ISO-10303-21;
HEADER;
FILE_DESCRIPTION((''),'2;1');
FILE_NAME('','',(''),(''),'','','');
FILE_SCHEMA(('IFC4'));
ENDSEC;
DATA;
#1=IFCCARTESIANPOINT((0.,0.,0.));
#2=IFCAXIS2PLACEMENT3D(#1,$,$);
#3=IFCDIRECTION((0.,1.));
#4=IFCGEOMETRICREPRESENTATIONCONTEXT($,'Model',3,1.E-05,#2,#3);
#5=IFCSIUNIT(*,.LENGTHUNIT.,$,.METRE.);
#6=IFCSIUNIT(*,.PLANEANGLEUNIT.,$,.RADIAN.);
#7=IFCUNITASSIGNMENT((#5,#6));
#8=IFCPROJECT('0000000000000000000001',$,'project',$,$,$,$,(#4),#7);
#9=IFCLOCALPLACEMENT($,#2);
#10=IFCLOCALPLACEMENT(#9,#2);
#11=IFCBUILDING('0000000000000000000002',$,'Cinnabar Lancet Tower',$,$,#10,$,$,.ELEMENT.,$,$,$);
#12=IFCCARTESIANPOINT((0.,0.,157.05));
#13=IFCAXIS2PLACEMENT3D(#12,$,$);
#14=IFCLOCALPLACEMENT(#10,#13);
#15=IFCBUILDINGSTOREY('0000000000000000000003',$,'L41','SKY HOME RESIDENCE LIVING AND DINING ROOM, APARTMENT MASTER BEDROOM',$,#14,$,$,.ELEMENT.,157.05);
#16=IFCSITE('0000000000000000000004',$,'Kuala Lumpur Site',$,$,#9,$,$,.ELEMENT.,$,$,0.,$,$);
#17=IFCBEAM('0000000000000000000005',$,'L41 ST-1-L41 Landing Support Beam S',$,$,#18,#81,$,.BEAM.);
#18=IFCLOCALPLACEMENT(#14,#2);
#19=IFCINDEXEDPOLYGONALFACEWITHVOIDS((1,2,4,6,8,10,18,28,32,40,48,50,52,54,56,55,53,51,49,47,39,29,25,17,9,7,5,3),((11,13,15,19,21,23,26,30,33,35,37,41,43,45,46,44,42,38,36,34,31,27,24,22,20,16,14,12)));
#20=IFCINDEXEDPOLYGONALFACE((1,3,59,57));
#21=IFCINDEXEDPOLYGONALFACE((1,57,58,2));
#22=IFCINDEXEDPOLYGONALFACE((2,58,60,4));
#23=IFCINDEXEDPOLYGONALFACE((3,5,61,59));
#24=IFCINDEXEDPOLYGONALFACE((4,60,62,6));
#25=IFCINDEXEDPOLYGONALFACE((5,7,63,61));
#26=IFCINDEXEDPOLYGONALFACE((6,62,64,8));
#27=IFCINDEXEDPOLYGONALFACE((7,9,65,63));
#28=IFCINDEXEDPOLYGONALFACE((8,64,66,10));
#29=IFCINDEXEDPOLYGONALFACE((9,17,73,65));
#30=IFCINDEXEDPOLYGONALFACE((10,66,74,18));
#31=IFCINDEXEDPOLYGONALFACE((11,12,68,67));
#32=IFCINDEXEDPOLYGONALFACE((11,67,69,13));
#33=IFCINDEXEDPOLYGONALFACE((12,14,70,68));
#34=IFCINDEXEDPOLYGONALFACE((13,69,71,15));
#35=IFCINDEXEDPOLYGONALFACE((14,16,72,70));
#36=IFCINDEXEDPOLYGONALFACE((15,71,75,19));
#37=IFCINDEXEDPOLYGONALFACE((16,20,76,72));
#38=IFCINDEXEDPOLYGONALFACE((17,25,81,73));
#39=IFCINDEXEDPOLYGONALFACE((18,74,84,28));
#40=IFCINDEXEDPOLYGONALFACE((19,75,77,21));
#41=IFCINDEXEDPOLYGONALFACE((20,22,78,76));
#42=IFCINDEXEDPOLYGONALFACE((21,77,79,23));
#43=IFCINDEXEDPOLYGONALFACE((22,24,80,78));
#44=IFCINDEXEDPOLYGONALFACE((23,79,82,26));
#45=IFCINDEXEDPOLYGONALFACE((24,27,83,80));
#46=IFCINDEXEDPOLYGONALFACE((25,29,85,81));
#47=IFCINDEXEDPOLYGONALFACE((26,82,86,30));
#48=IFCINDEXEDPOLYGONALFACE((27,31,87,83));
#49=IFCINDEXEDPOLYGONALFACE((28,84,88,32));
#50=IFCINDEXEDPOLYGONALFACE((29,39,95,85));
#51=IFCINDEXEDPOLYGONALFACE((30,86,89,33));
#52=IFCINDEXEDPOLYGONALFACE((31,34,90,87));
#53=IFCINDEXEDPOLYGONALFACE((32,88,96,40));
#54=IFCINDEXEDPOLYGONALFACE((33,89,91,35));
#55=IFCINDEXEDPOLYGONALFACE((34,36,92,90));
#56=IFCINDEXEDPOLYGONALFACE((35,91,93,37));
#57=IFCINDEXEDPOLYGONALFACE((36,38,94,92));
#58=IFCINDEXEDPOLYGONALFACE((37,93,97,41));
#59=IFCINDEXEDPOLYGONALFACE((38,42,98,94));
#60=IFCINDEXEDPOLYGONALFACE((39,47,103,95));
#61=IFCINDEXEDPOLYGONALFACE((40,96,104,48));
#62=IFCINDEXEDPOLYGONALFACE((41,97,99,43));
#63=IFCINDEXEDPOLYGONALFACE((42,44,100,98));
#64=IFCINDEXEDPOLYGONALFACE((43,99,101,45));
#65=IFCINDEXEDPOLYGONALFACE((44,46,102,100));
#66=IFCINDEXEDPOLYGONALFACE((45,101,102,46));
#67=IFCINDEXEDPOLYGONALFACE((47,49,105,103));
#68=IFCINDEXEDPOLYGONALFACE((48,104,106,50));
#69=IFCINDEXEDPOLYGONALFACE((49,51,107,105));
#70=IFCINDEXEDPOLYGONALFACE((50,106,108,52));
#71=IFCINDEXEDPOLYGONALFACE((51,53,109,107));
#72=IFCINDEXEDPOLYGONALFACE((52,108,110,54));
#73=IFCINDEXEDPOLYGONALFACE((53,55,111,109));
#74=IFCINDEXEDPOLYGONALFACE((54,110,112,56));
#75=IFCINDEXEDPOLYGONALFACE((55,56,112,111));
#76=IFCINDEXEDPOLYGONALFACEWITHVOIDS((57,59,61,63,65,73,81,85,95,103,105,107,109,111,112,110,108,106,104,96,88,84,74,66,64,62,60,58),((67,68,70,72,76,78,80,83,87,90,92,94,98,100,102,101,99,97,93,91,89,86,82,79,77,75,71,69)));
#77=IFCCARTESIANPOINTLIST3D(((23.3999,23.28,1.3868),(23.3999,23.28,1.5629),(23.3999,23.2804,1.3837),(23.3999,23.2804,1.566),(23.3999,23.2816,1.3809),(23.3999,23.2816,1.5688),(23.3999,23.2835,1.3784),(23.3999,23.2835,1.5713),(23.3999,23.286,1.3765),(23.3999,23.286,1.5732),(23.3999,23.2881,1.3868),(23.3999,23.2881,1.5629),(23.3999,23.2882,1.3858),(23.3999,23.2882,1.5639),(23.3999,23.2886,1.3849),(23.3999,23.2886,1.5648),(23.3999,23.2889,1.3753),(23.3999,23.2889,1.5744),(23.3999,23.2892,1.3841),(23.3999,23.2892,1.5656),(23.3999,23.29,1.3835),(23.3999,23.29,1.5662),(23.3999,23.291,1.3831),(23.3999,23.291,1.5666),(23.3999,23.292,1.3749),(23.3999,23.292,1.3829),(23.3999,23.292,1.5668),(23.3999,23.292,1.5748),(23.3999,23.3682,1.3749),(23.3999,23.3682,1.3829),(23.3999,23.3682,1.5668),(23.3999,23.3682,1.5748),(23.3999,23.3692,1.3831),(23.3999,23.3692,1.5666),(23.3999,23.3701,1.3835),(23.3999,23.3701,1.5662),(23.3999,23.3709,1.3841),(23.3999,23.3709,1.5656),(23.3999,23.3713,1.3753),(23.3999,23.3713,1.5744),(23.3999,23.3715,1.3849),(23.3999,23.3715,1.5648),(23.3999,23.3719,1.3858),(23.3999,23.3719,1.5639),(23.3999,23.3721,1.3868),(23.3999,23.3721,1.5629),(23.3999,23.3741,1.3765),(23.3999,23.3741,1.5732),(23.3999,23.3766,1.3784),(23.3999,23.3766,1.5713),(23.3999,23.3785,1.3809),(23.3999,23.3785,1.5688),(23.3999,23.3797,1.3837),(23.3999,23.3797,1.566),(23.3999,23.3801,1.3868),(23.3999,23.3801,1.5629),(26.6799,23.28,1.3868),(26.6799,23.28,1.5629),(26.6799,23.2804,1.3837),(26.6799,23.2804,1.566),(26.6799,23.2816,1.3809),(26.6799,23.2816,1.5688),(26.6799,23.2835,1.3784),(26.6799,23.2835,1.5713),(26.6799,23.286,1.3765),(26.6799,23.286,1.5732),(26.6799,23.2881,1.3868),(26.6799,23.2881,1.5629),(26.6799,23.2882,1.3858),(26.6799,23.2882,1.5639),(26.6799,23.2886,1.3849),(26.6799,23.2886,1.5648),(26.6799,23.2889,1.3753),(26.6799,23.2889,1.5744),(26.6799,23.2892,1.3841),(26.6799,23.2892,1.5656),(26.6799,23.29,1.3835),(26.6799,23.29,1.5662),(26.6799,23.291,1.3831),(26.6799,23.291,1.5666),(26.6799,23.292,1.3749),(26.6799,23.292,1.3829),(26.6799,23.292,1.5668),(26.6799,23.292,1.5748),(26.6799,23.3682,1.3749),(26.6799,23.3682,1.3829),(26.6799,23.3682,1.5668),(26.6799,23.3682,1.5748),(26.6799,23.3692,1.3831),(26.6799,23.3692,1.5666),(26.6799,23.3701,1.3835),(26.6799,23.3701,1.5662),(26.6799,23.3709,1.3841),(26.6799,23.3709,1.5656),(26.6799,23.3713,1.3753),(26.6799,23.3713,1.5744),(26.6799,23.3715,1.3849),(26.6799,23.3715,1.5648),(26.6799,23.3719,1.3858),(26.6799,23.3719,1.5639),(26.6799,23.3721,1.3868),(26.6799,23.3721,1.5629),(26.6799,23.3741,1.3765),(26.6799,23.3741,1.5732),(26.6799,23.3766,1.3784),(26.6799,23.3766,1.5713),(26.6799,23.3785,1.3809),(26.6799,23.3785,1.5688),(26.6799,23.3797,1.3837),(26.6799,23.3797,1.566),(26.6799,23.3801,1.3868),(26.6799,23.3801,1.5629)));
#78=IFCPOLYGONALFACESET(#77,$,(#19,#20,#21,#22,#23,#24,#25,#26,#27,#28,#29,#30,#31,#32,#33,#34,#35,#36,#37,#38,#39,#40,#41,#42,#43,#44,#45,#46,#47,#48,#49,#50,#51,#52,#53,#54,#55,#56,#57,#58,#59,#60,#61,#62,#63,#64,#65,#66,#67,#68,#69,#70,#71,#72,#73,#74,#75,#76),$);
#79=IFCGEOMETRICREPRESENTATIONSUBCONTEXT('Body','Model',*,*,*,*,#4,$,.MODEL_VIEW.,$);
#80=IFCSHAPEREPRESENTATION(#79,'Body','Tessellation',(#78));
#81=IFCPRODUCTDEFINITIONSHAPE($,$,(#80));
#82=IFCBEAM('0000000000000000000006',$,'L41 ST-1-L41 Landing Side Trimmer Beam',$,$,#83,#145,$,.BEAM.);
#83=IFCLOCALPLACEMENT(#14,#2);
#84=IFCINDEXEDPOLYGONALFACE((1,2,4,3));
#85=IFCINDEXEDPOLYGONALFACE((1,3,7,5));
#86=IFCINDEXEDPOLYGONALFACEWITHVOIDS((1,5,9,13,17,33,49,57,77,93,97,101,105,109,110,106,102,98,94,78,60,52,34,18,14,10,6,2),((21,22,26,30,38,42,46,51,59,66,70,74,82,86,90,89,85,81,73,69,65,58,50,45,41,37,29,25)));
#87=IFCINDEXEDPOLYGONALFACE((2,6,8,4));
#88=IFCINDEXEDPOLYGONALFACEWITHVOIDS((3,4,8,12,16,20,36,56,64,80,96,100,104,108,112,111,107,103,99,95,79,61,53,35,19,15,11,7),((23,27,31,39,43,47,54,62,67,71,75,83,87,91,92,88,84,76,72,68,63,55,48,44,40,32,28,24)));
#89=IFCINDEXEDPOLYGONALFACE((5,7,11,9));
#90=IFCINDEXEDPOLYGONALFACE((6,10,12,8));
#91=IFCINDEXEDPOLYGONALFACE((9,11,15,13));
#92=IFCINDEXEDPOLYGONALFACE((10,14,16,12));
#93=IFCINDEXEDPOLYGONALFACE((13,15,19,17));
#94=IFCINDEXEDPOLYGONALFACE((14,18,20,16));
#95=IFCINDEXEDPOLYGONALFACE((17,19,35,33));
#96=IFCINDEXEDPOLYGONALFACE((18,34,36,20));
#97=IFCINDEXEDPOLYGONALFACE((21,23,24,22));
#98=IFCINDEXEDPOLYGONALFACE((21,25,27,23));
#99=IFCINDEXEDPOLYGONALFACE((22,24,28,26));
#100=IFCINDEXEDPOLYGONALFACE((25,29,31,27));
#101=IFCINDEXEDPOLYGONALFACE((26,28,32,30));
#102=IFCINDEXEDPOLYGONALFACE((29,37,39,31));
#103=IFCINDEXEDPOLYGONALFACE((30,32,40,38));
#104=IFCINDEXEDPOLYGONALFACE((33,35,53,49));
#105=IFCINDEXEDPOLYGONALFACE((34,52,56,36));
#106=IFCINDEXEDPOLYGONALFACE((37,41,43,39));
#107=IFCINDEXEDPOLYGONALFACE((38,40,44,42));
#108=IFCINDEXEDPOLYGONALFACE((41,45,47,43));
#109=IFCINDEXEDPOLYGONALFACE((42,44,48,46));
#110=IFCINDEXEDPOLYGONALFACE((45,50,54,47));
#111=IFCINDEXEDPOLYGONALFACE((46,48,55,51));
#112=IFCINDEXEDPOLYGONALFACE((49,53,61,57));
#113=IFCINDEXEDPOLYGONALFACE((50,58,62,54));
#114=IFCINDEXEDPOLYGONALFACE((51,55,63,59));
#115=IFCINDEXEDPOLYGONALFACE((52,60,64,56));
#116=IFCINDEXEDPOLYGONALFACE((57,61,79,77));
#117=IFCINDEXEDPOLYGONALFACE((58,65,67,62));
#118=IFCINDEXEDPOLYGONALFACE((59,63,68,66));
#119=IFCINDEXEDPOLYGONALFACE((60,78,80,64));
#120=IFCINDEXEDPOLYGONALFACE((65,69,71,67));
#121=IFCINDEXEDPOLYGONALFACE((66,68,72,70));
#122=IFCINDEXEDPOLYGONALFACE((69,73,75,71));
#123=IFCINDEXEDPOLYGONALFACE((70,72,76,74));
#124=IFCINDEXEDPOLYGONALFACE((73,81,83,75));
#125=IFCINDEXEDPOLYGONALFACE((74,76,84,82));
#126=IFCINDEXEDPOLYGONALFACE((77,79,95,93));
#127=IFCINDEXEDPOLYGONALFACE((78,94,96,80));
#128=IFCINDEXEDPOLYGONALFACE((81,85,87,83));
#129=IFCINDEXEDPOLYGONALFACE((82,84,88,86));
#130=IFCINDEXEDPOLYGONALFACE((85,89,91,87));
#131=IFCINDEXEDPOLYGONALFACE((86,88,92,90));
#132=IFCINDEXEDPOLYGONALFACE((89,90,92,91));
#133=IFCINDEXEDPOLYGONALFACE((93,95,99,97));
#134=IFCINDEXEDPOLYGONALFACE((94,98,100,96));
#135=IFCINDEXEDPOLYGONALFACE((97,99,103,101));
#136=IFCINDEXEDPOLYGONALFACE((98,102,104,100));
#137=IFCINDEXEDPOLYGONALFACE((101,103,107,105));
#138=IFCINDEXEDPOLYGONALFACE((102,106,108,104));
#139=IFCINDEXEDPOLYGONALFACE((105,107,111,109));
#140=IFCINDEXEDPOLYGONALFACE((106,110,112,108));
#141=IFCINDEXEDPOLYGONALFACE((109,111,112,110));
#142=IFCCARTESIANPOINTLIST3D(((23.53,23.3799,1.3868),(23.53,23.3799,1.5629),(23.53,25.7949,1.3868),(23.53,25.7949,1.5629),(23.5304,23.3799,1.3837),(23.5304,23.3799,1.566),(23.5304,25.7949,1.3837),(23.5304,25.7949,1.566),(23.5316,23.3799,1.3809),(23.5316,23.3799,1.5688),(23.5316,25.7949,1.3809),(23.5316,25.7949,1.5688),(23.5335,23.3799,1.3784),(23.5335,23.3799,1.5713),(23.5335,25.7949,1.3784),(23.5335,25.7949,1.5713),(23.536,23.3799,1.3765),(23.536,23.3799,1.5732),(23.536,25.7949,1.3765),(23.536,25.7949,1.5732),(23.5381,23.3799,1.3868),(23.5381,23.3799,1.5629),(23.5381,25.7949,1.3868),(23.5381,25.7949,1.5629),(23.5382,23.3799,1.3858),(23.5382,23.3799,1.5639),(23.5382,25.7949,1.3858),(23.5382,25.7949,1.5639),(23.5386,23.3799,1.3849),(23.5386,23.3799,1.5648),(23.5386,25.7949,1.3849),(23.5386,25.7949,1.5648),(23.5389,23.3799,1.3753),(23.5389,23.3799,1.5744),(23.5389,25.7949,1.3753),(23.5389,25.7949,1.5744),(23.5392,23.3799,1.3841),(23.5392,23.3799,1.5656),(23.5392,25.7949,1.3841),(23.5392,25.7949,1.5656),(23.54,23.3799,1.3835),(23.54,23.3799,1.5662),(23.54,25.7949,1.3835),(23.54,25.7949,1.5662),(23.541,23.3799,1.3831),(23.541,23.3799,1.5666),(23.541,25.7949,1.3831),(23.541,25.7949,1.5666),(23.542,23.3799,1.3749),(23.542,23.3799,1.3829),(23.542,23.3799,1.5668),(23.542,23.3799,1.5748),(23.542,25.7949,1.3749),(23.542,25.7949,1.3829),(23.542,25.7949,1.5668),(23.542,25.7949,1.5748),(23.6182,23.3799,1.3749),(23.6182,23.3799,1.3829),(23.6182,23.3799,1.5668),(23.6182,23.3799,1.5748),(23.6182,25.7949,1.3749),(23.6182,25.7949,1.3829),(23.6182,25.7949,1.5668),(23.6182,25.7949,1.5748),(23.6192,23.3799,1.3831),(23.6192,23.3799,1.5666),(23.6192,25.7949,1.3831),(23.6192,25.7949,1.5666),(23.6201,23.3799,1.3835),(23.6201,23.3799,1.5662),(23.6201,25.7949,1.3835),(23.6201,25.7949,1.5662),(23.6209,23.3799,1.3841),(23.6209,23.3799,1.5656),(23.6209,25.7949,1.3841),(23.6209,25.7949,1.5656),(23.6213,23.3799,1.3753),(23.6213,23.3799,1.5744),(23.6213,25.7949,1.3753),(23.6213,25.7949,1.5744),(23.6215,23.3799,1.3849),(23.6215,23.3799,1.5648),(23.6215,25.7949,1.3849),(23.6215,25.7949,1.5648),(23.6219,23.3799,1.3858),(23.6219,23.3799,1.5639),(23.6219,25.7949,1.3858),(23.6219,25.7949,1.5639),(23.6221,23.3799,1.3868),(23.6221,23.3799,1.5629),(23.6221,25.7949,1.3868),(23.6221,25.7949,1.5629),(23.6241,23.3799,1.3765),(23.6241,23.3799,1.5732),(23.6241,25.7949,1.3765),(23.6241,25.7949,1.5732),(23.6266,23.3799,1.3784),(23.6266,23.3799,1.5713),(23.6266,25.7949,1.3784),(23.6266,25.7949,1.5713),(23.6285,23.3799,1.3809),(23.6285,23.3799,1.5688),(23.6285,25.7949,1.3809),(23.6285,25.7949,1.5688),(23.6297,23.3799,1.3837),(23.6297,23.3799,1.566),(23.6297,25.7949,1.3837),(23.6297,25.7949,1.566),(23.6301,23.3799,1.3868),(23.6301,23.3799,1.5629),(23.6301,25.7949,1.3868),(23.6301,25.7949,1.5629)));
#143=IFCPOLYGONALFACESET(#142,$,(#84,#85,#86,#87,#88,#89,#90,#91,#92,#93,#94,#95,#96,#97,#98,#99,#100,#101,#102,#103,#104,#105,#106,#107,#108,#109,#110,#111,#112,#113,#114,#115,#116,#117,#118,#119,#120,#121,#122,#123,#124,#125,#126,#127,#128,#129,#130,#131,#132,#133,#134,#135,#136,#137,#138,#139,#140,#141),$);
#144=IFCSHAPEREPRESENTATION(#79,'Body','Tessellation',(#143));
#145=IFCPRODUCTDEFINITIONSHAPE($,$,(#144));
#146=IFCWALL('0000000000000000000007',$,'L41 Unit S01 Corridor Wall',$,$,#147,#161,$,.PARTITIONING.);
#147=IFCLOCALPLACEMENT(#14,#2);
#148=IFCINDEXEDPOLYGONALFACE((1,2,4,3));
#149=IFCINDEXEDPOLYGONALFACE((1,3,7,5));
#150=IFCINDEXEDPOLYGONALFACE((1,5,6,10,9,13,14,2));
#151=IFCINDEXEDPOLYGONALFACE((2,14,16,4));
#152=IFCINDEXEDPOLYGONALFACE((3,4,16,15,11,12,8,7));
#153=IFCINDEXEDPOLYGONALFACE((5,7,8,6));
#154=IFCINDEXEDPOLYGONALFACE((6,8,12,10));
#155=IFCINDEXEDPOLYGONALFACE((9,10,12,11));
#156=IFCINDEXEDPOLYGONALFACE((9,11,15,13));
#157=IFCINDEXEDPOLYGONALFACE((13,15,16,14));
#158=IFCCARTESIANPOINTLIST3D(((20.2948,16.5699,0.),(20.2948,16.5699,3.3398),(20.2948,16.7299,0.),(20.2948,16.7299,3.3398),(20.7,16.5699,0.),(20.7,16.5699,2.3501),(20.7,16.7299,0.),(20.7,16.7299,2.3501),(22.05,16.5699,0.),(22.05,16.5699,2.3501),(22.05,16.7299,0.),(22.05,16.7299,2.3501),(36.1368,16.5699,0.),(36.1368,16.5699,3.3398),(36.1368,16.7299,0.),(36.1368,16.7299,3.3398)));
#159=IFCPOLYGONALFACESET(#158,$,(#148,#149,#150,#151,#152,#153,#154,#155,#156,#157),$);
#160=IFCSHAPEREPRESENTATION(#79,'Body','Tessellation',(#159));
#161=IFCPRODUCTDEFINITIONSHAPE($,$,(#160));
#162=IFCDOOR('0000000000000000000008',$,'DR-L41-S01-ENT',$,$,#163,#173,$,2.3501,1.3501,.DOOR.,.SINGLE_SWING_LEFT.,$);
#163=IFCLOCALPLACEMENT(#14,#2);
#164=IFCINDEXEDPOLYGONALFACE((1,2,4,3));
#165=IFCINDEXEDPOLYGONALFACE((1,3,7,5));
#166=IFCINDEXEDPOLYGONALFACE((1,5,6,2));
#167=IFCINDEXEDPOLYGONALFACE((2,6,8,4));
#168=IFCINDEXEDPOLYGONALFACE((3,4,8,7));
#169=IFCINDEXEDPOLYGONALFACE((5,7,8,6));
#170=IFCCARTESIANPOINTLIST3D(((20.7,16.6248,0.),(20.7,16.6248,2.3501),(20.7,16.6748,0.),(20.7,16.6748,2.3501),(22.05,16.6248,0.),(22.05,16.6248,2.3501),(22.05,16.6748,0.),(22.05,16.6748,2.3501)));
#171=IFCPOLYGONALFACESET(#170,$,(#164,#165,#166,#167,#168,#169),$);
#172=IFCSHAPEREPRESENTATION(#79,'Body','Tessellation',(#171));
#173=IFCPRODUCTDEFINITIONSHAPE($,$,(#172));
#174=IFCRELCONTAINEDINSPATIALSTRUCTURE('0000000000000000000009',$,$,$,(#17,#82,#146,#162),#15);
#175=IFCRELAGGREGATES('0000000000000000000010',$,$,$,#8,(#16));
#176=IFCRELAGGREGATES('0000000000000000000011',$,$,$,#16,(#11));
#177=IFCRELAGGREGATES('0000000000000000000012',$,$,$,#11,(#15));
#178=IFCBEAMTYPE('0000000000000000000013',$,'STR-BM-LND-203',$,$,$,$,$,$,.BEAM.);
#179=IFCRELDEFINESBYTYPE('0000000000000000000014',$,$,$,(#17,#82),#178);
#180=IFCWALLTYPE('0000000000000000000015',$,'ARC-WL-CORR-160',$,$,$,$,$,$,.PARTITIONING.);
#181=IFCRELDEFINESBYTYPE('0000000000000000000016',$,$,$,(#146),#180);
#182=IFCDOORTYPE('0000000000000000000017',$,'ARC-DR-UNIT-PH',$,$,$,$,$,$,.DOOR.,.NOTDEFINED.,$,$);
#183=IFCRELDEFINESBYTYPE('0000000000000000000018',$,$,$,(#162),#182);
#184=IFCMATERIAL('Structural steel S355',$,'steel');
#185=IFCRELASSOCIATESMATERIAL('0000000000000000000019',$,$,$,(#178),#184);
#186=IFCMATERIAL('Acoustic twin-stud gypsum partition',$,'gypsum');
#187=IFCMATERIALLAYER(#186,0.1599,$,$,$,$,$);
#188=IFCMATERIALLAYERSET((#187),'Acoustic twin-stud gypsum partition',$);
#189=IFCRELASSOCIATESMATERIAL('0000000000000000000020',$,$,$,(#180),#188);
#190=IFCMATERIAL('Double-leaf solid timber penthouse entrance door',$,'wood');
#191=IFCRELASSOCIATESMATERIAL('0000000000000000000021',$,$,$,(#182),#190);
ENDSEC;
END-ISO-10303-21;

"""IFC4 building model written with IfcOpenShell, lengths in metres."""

from ifc_helpers import new_model, si_unit, direction, frame, frame_2d, origin, origin_2d, place, context, subcontext, project, spatial, rectangle, hollow_rectangle, extrude, material, layer, layer_set, material_profile, profile_set, type_object, element, fill, save


model = new_model("IFC4")

# Units and contexts
model_context = context("Model", 3, precision=1e-05, world=origin(), true_north=direction((0.0, 1.0)))
body_context = subcontext(model_context, "Body", "Model", "MODEL_VIEW")
ifc_project = project(units=[si_unit("LENGTHUNIT", "METRE"), si_unit("PLANEANGLEUNIT", "RADIAN")], contexts=[model_context])

# Site, building, storey
site_placement = place(None, origin())
site = spatial("IfcSite", under=ifc_project, at=site_placement, Name="Kuala Lumpur Site", CompositionType="ELEMENT", RefElevation=0.0)
building_placement = place(site_placement, origin())
building = spatial("IfcBuilding", under=site, at=building_placement, Name="Cinnabar Lancet Tower", CompositionType="ELEMENT")
storey_placement = place(building_placement, frame((0.0, 0.0, 157.05)))
storey = spatial("IfcBuildingStorey", under=building, at=storey_placement, Name="L41", Description="SKY HOME RESIDENCE LIVING AND DINING ROOM, APARTMENT MASTER BEDROOM", CompositionType="ELEMENT", Elevation=157.05)

# Beams
ifc_material_1 = material(Name="Structural steel S355", Category="steel")
ifc_material_profile_1 = material_profile(ifc_material_1, hollow_rectangle(XDim=0.1001, YDim=0.2, WallThickness=0.0081, InnerFilletRadius=0.0039, OuterFilletRadius=0.012, at=origin_2d()), Name="RHS 200x100x8")
ifc_profile_set_1 = profile_set([ifc_material_profile_1], Name="Structural steel S355")
beam_type_1 = type_object("IfcBeamType", Name="STR-BM-LND-203", PredefinedType="BEAM", material=ifc_profile_set_1)
beam_1_placement = place(storey_placement, frame((23.3999, 23.3301, 1.4749), z_axis=(1.0, 0.0, 0.0), x_axis=(0.0, 1.0, 0.0)))
element("IfcBeam", 1, at=beam_1_placement, inside=storey, type_object=beam_type_1, Name="L41 ST-1-L41 Landing Support Beam S", PredefinedType="BEAM", context=body_context, shape_type="SweptSolid", body=[
    extrude(hollow_rectangle(XDim=0.1001, YDim=0.2, WallThickness=0.0081, InnerFilletRadius=0.0039, OuterFilletRadius=0.012, at=origin_2d()), origin(), (0.0, 0.0, 1.0), 3.28),
])
beam_2_placement = place(storey_placement, frame((23.5801, 23.3799, 1.4749), z_axis=(0.0, 1.0, 0.0), x_axis=(-1.0, 0.0, 0.0)))
element("IfcBeam", 2, at=beam_2_placement, inside=storey, type_object=beam_type_1, Name="L41 ST-1-L41 Landing Side Trimmer Beam", PredefinedType="BEAM", context=body_context, shape_type="SweptSolid", body=[
    extrude(hollow_rectangle(XDim=0.1001, YDim=0.2, WallThickness=0.0081, InnerFilletRadius=0.0039, OuterFilletRadius=0.012, at=origin_2d()), origin(), (0.0, 0.0, 1.0), 2.415),
])

# Wall, opening, door
ifc_material_2 = material(Name="Acoustic twin-stud gypsum partition", Category="gypsum")
ifc_layer_1 = layer(ifc_material_2, 0.1599)
ifc_layer_set_1 = layer_set([ifc_layer_1], Name="Acoustic twin-stud gypsum partition")
wall_type_1 = type_object("IfcWallType", Name="ARC-WL-CORR-160", PredefinedType="PARTITIONING", material=ifc_layer_set_1)
wall_1_placement = place(storey_placement, frame((20.2949, 16.6499, 0.0), z_axis=(0.0, 0.0, 1.0), x_axis=(1.0, 0.0, 0.0)))
wall_1 = element("IfcWall", 3, at=wall_1_placement, inside=storey, type_object=wall_type_1, Name="L41 Unit S01 Corridor Wall", PredefinedType="PARTITIONING", context=body_context, shape_type="SweptSolid", body=[
    extrude(rectangle(XDim=15.842, YDim=0.1599, at=frame_2d((7.9209, 0.0))), origin(), (0.0, 0.0, 1.0), 3.3398),
])
opening_1_placement = place(wall_1_placement, frame((0.405, 0.0, 0.0)))
opening_1 = element("IfcOpeningElement", 4, at=opening_1_placement, cuts=wall_1, PredefinedType="OPENING", context=body_context, shape_type="SweptSolid", body=[
    extrude(rectangle(XDim=1.3501, YDim=2.3501, at=frame_2d((0.675, 1.175))), frame((0.0, 0.0898, 0.0), z_axis=(0.0, -1.0, 0.0), x_axis=(1.0, 0.0, 0.0)), (0.0, 0.0, 1.0), 0.1799),
])
ifc_material_3 = material(Name="Double-leaf solid timber penthouse entrance door", Category="wood")
door_type_1 = type_object("IfcDoorType", Name="ARC-DR-UNIT-PH", OperationType="NOTDEFINED", PredefinedType="DOOR", material=ifc_material_3)
door_1_placement = place(opening_1_placement, origin())
door_1 = element("IfcDoor", 5, at=door_1_placement, inside=storey, type_object=door_type_1, Name="DR-L41-S01-ENT", OperationType="SINGLE_SWING_LEFT", OverallHeight=2.3501, OverallWidth=1.3501, PredefinedType="DOOR", context=body_context, shape_type="SweptSolid", body=[
    extrude(rectangle(XDim=1.3501, YDim=2.3501, at=frame_2d((0.675, 1.175))), frame((0.0, 0.0249, 0.0), z_axis=(0.0, -1.0, 0.0), x_axis=(1.0, 0.0, 0.0)), (0.0, 0.0, 1.0), 0.05),
])
fill(opening_1, door_1)

save(model, "model.ifc")
